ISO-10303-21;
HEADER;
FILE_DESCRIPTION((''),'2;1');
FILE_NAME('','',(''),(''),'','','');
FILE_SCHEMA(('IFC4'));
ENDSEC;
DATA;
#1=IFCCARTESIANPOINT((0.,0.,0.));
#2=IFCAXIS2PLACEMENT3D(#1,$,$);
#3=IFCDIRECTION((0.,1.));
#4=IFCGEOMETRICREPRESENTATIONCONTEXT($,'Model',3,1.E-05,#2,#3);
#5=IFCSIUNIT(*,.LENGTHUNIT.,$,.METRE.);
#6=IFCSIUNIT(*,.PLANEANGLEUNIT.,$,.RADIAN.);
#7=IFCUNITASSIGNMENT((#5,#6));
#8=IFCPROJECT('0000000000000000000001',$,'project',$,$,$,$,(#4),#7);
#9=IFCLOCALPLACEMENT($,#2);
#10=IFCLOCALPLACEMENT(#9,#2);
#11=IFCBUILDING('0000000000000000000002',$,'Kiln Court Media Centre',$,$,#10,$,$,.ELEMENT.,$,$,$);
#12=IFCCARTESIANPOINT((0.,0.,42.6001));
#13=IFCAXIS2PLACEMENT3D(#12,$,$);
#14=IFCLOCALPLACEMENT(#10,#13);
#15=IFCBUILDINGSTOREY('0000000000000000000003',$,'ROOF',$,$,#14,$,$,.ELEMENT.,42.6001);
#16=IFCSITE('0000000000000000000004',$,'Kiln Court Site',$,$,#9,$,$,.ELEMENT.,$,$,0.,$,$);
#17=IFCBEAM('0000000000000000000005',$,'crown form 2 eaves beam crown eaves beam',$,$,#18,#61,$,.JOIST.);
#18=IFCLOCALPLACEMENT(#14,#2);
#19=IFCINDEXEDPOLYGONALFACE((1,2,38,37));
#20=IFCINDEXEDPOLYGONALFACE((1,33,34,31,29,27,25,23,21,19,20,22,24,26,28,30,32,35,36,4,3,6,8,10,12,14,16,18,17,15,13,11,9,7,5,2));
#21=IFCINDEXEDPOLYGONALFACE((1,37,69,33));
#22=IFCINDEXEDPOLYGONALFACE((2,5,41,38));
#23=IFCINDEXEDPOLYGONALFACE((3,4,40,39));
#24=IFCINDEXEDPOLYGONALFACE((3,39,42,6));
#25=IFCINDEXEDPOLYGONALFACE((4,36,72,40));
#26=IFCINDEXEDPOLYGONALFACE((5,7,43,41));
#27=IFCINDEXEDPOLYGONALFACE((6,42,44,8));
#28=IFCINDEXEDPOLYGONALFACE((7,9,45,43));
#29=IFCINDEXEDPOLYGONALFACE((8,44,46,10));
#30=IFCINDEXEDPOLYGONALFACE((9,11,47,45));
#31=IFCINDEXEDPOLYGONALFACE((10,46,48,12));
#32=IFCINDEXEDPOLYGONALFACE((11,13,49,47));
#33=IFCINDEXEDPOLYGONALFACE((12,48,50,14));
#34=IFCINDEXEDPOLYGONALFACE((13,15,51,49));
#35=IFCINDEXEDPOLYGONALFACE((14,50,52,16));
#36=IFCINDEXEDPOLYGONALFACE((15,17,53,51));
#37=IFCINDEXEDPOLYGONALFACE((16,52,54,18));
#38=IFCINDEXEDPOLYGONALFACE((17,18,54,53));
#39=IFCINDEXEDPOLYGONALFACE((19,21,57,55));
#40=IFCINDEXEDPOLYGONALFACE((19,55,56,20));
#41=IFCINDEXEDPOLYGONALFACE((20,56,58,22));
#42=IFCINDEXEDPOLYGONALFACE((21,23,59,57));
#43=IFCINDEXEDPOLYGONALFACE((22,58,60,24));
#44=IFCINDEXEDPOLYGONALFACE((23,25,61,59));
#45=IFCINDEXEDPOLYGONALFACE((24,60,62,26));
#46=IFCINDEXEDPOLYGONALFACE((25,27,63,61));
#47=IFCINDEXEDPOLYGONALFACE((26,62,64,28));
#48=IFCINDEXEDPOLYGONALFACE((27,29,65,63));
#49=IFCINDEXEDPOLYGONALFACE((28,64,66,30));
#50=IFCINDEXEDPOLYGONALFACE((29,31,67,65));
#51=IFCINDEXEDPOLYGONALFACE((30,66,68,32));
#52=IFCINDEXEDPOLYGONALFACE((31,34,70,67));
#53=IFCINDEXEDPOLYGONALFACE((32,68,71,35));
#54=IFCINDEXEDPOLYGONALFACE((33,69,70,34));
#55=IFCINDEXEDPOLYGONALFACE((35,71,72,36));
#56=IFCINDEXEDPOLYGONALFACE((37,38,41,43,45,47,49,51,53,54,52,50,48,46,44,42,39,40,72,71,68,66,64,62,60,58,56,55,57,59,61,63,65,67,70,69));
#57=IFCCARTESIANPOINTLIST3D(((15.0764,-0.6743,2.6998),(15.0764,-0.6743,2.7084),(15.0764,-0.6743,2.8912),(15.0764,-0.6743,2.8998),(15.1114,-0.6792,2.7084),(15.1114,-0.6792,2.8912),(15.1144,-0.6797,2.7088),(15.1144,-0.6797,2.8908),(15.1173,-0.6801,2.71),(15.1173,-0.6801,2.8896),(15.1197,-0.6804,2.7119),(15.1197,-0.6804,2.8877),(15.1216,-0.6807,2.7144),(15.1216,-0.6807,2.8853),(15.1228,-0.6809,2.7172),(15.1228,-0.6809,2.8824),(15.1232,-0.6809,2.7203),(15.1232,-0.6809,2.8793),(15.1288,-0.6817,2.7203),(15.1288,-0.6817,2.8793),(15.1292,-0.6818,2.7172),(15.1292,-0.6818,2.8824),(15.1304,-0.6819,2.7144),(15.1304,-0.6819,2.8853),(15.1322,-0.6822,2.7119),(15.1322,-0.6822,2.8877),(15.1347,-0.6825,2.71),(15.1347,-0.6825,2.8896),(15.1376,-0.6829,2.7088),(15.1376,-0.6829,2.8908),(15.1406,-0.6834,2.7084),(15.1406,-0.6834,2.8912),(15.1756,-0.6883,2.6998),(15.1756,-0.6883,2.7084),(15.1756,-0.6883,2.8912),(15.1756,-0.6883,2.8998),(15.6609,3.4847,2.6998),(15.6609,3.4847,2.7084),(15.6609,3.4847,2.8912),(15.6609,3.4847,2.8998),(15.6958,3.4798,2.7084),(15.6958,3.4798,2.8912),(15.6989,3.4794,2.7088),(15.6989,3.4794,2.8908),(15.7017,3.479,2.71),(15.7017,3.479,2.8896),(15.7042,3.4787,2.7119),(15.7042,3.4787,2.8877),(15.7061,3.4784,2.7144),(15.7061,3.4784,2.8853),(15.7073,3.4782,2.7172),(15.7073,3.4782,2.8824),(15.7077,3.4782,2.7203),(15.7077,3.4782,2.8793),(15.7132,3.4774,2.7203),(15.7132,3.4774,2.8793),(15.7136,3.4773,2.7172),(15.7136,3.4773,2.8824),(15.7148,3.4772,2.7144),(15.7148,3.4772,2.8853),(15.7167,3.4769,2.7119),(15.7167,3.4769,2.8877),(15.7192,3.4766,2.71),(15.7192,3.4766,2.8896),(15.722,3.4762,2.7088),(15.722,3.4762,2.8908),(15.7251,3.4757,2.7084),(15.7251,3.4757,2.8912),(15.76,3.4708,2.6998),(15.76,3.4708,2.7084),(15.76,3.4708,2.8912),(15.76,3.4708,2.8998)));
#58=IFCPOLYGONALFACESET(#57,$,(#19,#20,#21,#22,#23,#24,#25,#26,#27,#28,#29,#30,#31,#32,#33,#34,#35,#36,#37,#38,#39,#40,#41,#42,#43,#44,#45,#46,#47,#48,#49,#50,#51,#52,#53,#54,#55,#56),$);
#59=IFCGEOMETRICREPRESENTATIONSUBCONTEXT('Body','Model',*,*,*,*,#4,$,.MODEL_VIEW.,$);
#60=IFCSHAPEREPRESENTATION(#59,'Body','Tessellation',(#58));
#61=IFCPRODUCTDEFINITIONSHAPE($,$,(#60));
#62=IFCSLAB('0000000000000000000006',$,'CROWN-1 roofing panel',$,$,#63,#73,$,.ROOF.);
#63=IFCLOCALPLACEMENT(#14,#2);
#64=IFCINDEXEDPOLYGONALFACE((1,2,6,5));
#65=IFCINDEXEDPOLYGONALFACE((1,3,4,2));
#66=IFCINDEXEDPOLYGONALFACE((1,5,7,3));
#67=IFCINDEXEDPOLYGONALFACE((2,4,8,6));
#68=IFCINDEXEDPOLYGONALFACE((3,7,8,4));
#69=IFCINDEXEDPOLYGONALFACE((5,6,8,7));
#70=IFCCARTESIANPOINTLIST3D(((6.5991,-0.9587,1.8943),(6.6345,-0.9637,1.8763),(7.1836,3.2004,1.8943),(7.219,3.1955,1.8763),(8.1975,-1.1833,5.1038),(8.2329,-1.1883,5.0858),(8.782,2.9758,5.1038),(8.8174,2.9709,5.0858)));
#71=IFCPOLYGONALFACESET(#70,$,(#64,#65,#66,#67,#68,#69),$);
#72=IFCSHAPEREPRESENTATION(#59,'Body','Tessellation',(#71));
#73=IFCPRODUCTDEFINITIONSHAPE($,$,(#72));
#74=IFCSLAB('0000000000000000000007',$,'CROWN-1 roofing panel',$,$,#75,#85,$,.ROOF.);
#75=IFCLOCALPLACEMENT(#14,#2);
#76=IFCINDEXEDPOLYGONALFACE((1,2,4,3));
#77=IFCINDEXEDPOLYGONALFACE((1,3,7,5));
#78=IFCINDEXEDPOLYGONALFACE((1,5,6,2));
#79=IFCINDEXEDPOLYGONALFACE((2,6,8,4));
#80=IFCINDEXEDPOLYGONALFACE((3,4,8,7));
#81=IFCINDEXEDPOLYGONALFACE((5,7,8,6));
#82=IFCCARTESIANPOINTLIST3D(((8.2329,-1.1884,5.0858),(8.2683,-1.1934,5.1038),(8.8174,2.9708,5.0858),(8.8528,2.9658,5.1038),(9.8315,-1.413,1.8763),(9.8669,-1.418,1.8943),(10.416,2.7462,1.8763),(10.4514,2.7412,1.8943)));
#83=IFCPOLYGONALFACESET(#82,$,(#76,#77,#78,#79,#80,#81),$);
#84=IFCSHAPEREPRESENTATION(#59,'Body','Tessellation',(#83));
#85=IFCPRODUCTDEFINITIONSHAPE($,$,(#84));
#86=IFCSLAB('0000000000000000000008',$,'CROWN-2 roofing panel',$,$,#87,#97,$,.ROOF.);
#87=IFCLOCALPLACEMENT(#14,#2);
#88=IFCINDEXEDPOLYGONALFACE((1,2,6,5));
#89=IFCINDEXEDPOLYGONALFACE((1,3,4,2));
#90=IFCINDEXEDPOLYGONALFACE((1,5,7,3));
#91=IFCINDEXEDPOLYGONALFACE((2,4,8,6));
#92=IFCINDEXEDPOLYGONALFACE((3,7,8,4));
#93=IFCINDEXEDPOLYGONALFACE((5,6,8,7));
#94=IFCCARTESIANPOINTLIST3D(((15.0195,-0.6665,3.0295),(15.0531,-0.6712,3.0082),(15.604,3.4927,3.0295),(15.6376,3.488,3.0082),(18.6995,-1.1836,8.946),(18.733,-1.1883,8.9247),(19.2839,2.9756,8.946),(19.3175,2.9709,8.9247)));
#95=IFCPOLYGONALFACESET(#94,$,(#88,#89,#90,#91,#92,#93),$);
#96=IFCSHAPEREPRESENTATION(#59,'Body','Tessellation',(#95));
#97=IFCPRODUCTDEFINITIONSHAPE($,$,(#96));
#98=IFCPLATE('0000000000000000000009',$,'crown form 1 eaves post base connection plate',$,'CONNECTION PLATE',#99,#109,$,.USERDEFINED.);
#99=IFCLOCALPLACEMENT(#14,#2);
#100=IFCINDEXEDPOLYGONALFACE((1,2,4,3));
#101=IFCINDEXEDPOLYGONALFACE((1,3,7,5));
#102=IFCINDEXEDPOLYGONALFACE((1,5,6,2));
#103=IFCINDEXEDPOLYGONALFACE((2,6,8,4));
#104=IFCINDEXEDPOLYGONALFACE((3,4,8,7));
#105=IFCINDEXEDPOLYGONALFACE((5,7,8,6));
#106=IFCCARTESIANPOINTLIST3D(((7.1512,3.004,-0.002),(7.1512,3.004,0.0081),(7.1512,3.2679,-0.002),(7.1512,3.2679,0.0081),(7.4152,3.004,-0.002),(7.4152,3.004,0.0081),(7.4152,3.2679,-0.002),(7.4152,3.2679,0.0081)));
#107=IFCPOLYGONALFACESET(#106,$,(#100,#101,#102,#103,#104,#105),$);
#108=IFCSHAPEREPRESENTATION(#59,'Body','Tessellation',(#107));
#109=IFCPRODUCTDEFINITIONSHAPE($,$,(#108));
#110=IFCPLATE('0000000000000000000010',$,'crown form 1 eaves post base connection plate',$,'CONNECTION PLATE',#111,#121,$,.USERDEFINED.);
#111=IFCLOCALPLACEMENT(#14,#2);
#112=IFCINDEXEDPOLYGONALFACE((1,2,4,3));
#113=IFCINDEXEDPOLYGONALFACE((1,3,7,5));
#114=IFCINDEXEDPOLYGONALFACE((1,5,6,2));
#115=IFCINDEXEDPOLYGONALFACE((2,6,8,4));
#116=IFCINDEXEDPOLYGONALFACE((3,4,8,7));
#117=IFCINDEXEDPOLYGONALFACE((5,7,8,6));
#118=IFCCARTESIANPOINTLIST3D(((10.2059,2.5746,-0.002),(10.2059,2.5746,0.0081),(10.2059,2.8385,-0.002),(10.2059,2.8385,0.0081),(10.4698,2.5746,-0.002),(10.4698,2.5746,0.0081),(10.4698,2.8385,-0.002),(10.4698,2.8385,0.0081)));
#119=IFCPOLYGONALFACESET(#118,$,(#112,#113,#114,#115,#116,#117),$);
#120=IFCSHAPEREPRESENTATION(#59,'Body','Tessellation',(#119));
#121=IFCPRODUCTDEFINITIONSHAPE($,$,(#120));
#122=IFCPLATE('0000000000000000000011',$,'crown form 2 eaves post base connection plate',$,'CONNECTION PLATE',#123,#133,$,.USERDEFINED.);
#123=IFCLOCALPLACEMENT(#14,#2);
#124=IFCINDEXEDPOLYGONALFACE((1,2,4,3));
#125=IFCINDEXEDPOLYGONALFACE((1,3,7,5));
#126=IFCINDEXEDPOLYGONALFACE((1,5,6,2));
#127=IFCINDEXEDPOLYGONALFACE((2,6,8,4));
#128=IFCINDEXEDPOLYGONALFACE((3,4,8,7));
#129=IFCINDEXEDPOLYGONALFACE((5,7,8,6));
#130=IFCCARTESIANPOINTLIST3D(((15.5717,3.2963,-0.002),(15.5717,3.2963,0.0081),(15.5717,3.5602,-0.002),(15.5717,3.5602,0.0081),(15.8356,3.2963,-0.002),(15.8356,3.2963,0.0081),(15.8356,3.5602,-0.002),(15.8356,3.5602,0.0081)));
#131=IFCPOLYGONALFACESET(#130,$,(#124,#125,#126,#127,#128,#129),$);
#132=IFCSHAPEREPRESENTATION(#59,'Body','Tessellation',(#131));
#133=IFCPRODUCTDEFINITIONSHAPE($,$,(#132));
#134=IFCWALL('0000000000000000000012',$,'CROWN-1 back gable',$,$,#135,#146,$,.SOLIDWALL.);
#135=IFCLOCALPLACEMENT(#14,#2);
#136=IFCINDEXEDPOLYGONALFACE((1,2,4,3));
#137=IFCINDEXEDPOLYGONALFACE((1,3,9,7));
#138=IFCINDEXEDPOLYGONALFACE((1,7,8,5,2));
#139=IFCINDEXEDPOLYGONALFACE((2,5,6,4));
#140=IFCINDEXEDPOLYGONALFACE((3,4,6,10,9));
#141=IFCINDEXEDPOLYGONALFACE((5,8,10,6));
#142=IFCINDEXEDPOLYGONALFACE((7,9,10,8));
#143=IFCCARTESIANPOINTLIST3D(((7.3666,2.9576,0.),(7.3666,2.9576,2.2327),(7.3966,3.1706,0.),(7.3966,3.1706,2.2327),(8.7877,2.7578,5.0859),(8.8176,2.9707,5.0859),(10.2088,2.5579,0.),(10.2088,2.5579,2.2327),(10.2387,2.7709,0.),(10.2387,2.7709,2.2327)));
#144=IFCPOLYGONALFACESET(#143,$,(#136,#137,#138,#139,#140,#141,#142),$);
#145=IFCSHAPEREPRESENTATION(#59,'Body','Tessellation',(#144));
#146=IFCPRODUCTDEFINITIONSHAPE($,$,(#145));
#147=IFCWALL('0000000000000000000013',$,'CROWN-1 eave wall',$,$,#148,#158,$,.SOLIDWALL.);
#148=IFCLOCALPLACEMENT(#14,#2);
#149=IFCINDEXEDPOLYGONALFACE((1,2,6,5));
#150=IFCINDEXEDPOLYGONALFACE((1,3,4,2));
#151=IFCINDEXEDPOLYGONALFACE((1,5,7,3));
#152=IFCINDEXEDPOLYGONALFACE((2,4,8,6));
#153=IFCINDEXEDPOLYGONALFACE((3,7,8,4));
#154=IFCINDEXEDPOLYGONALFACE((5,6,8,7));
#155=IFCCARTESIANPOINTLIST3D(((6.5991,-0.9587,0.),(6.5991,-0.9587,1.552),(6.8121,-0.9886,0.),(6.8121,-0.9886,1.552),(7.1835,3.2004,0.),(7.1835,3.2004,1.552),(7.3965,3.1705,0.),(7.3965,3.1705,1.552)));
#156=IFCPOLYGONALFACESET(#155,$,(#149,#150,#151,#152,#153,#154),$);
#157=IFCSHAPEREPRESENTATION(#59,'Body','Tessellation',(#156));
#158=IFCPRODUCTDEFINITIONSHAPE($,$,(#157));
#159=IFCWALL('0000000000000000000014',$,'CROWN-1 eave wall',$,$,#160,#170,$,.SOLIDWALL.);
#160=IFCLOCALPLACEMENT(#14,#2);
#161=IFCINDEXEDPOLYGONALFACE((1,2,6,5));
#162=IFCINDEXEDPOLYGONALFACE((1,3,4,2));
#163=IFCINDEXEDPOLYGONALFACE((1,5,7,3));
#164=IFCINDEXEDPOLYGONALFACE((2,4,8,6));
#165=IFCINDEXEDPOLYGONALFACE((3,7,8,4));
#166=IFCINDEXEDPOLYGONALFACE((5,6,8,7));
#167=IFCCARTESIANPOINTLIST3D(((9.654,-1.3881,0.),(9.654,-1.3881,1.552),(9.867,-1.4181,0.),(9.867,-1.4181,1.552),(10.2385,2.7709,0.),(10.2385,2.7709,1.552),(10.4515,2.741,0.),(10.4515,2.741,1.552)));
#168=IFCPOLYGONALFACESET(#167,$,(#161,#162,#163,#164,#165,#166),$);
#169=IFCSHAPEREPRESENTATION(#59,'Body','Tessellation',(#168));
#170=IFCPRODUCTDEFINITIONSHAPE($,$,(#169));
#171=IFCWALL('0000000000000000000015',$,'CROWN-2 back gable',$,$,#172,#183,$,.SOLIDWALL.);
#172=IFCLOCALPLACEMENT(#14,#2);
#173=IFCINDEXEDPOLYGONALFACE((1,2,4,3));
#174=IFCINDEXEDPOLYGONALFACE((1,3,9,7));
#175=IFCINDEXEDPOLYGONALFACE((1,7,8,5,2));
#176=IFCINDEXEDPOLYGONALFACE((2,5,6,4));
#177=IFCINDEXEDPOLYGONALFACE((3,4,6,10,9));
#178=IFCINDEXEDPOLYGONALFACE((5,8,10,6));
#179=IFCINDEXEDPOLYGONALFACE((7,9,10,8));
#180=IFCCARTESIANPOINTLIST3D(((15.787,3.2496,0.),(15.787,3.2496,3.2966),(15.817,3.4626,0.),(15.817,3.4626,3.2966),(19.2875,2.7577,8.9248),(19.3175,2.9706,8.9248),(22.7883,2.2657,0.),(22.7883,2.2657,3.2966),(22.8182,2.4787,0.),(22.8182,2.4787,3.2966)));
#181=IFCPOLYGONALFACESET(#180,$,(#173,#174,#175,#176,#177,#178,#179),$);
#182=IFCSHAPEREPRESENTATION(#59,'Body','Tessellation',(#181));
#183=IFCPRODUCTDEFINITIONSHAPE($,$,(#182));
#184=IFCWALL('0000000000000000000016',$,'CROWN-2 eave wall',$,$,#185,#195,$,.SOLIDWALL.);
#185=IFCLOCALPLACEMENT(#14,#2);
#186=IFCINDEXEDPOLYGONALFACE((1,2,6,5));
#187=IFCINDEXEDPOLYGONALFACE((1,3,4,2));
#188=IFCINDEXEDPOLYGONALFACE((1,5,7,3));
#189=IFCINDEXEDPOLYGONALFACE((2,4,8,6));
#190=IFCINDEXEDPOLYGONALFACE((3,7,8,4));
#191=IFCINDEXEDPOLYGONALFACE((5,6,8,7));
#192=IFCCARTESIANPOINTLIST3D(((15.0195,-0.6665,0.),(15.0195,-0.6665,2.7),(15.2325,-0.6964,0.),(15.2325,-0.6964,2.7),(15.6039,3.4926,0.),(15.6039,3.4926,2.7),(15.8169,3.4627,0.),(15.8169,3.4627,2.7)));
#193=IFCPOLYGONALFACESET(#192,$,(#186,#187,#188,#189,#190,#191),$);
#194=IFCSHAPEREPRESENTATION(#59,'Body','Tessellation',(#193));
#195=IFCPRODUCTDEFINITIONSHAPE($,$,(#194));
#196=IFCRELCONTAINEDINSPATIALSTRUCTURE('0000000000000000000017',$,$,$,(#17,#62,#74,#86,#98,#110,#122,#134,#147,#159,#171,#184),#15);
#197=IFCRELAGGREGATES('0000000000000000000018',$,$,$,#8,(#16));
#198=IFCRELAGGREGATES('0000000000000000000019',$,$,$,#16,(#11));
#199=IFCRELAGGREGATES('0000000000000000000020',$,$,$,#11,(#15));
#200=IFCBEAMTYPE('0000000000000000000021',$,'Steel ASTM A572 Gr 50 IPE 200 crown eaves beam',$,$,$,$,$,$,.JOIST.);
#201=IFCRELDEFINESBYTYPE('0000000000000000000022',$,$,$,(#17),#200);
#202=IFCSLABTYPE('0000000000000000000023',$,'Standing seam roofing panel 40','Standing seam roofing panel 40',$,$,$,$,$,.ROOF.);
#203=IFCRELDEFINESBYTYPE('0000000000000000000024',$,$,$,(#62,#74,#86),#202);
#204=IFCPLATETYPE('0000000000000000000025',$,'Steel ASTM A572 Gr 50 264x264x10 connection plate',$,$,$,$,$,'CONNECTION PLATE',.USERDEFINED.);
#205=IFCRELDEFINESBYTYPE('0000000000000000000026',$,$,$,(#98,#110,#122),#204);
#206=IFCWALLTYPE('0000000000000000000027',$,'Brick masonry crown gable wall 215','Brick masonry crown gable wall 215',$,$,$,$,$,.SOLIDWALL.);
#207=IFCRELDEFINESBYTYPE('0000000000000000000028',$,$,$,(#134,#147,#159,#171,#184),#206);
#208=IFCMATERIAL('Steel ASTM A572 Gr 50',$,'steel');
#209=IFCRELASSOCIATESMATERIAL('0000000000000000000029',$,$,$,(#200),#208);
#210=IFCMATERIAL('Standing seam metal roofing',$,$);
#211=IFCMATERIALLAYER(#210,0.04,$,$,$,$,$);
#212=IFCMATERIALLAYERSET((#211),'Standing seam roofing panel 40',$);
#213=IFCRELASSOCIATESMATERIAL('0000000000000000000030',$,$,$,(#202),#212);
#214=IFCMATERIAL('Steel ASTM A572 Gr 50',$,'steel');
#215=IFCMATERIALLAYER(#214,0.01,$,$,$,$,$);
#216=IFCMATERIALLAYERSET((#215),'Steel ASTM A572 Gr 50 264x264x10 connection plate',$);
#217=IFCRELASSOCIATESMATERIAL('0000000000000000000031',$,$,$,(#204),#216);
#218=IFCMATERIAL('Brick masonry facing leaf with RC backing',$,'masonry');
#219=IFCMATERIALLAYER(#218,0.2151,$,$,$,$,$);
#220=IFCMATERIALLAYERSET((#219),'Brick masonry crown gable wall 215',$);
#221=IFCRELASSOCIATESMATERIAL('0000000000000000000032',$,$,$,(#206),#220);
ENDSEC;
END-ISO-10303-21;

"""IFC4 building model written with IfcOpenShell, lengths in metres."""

from ifc_helpers import new_model, si_unit, direction, frame, frame_2d, origin, origin_2d, place, context, subcontext, project, spatial, polyline, rectangle, i_section, outline, extrude, material, layer, layer_set, material_profile, profile_set, type_object, element, save


model = new_model("IFC4")

# Units and contexts
model_context = context("Model", 3, precision=1e-05, world=origin(), true_north=direction((0.0, 1.0)))
body_context = subcontext(model_context, "Body", "Model", "MODEL_VIEW")
ifc_project = project(units=[si_unit("LENGTHUNIT", "METRE"), si_unit("PLANEANGLEUNIT", "RADIAN")], contexts=[model_context])

# Site, building, storey
site_placement = place(None, origin())
site = spatial("IfcSite", under=ifc_project, at=site_placement, Name="Kiln Court Site", CompositionType="ELEMENT", RefElevation=0.0)
building_placement = place(site_placement, origin())
building = spatial("IfcBuilding", under=site, at=building_placement, Name="Kiln Court Media Centre", CompositionType="ELEMENT")
storey_placement = place(building_placement, frame((0.0, 0.0, 42.6001)))
storey = spatial("IfcBuildingStorey", under=building, at=storey_placement, Name="ROOF", CompositionType="ELEMENT", Elevation=42.6001)

# Beam
ifc_material_1 = material(Name="Steel ASTM A572 Gr 50", Category="steel")
ifc_material_profile_1 = material_profile(ifc_material_1, i_section(OverallWidth=0.1001, OverallDepth=0.2, WebThickness=0.0056, FlangeThickness=0.0085, FilletRadius=0.012, at=origin_2d()), Name="IPE 200")
ifc_profile_set_1 = profile_set([ifc_material_profile_1], Name="Steel ASTM A572 Gr 50")
beam_type_1 = type_object("IfcBeamType", Name="Steel ASTM A572 Gr 50 IPE 200 crown eaves beam", PredefinedType="JOIST", material=ifc_profile_set_1)
for number, where, z_axis, x_axis, name in (
    (1, (15.7104, 3.4778, 2.7998), (-0.139159, -0.99027, 0.0), (0.99027, -0.139159, 0.0), "crown form 2 eaves beam crown eaves beam"),
):
    element("IfcBeam", number, at=place(storey_placement, frame(where, z_axis=z_axis, x_axis=x_axis)), inside=storey, type_object=beam_type_1, Name=name, PredefinedType="JOIST", context=body_context, shape_type="SweptSolid", body=[
        extrude(i_section(OverallWidth=0.1001, OverallDepth=0.2, WebThickness=0.0056, FlangeThickness=0.0085, FilletRadius=0.012, at=origin_2d()), origin(), (0.0, 0.0, 1.0), 4.2),
    ])

# Slabs
ifc_material_2 = material(Name="Standing seam metal roofing")
ifc_layer_1 = layer(ifc_material_2, 0.04)
ifc_layer_set_1 = layer_set([ifc_layer_1], Name="Standing seam roofing panel 40")
slab_type = type_object("IfcSlabType", Name="Standing seam roofing panel 40", Description="Standing seam roofing panel 40", PredefinedType="ROOF", material=ifc_layer_set_1)
slab_1_placement = place(storey_placement, frame((7.1836, 3.2004, 1.8943), z_axis=(-0.88469, 0.124322, 0.449296), x_axis=(-0.139159, -0.99027, 0.0)))
element("IfcSlab", 2, at=slab_1_placement, inside=storey, type_object=slab_type, Name="CROWN-1 roofing panel", PredefinedType="ROOF", context=body_context, shape_type="SweptSolid", body=[
    extrude(outline(polyline([(0.0, 0.0), (4.2, 0.0), (4.2, 3.5925), (0.0, 3.5925), (0.0, 0.0)])), origin(), (0.0, 0.0, -1.0), 0.04),
])
slab_2_placement = place(storey_placement, frame((10.4514, 2.7412, 1.8943), z_axis=(0.884664, -0.124318, 0.44935), x_axis=(-0.139159, -0.99027, 0.0)))
element("IfcSlab", 3, at=slab_2_placement, inside=storey, type_object=slab_type, Name="CROWN-1 roofing panel", PredefinedType="ROOF", context=body_context, shape_type="SweptSolid", body=[
    extrude(outline(polyline([(0.0, 0.0), (4.2, 0.0), (4.2001, -3.5926), (0.0, -3.5926), (0.0, 0.0)])), origin(), (0.0, 0.0, -1.0), 0.04),
])
slab_3_placement = place(storey_placement, frame((15.604, 3.4927, 3.0295), z_axis=(-0.838582, 0.117842, 0.531878), x_axis=(-0.139159, -0.99027, 0.0)))
element("IfcSlab", 4, at=slab_3_placement, inside=storey, type_object=slab_type, Name="CROWN-2 roofing panel", PredefinedType="ROOF", context=body_context, shape_type="SweptSolid", body=[
    extrude(outline(polyline([(0.0, 0.0), (4.2, 0.0), (4.2, 6.9867), (0.0, 6.9867), (0.0, 0.0)])), origin(), (0.0, 0.0, -1.0), 0.04),
])

# Plates
ifc_material_3 = material(Name="Steel ASTM A572 Gr 50", Category="steel")
ifc_layer_2 = layer(ifc_material_3, 0.01)
ifc_layer_set_2 = layer_set([ifc_layer_2], Name="Steel ASTM A572 Gr 50 264x264x10 connection plate")
plate_type = type_object("IfcPlateType", Name="Steel ASTM A572 Gr 50 264x264x10 connection plate", ElementType="CONNECTION PLATE", PredefinedType="USERDEFINED", material=ifc_layer_set_2)
for number, where, z_axis, x_axis, name in (
    (5, (7.2832, 3.136, -0.002), (0.0, 0.0, 1.0), (1.0, 0.0, 0.0), "crown form 1 eaves post base connection plate"),
    (6, (10.3379, 2.7065, -0.002), (0.0, 0.0, 1.0), (1.0, 0.0, 0.0), "crown form 1 eaves post base connection plate"),
    (7, (15.7036, 3.4282, -0.002), (0.0, 0.0, 1.0), (1.0, 0.0, 0.0), "crown form 2 eaves post base connection plate"),
):
    element("IfcPlate", number, at=place(storey_placement, frame(where, z_axis=z_axis, x_axis=x_axis)), inside=storey, type_object=plate_type, Name=name, ObjectType="CONNECTION PLATE", PredefinedType="USERDEFINED", context=body_context, shape_type="SweptSolid", body=[
        extrude(rectangle(XDim=0.2639, YDim=0.2639, at=origin_2d()), origin(), (0.0, 0.0, 1.0), 0.01),
    ])

# Walls
ifc_material_4 = material(Name="Brick masonry facing leaf with RC backing", Category="masonry")
ifc_layer_3 = layer(ifc_material_4, 0.2151)
ifc_layer_set_3 = layer_set([ifc_layer_3], Name="Brick masonry crown gable wall 215")
wall_type_1 = type_object("IfcWallType", Name="Brick masonry crown gable wall 215", Description="Brick masonry crown gable wall 215", PredefinedType="SOLIDWALL", material=ifc_layer_set_3)
wall_1_placement = place(storey_placement, frame((7.3816, 3.0642, 0.0), z_axis=(0.0, 0.0, 1.0), x_axis=(0.990257, -0.139254, 0.0)))
element("IfcWall", 8, at=wall_1_placement, inside=storey, type_object=wall_type_1, Name="CROWN-1 back gable", PredefinedType="SOLIDWALL", context=body_context, shape_type="SweptSolid", body=[
    extrude(outline(polyline([(0.0, 0.0), (2.8701, 0.0), (2.8701, 2.2327), (1.4351, 5.0859), (0.0, 2.2327), (0.0, 0.0)])), frame((0.0, 0.1074, 0.0), z_axis=(0.0, -1.0, 0.0), x_axis=(1.0, 0.0, 0.0)), (0.0, 0.0, 1.0), 0.2151),
])
for number, where, z_axis, x_axis, name in (
    (9, (7.29, 3.1855, 0.0), (0.0, 0.0, 1.0), (-0.139159, -0.99027, 0.0), "CROWN-1 eave wall"),
    (10, (10.345, 2.7561, 0.0), (0.0, 0.0, 1.0), (-0.139159, -0.99027, 0.0), "CROWN-1 eave wall"),
):
    element("IfcWall", number, at=place(storey_placement, frame(where, z_axis=z_axis, x_axis=x_axis)), inside=storey, type_object=wall_type_1, Name=name, PredefinedType="SOLIDWALL", context=body_context, shape_type="SweptSolid", body=[
        extrude(rectangle(XDim=4.2, YDim=0.2151, at=frame_2d((2.1001, 0.0))), origin(), (0.0, 0.0, 1.0), 1.552),
    ])
wall_2_placement = place(storey_placement, frame((15.802, 3.3562, 0.0), z_axis=(0.0, 0.0, 1.0), x_axis=(0.990269, -0.139163, 0.0)))
element("IfcWall", 11, at=wall_2_placement, inside=storey, type_object=wall_type_1, Name="CROWN-2 back gable", PredefinedType="SOLIDWALL", context=body_context, shape_type="SweptSolid", body=[
    extrude(outline(polyline([(0.0, 0.0), (7.0701, 0.0), (7.0701, 3.2966), (3.5349, 8.9248), (0.0, 3.2966), (0.0, 0.0)])), frame((0.0, 0.1074, 0.0), z_axis=(0.0, -1.0, 0.0), x_axis=(1.0, 0.0, 0.0)), (0.0, 0.0, 1.0), 0.2151),
])
wall_3_placement = place(storey_placement, frame((15.7104, 3.4778, 0.0), z_axis=(0.0, 0.0, 1.0), x_axis=(-0.139159, -0.99027, 0.0)))
element("IfcWall", 12, at=wall_3_placement, inside=storey, type_object=wall_type_1, Name="CROWN-2 eave wall", PredefinedType="SOLIDWALL", context=body_context, shape_type="SweptSolid", body=[
    extrude(rectangle(XDim=4.2, YDim=0.2151, at=frame_2d((2.1001, 0.0))), origin(), (0.0, 0.0, 1.0), 2.7),
])

save(model, "model.ifc")
